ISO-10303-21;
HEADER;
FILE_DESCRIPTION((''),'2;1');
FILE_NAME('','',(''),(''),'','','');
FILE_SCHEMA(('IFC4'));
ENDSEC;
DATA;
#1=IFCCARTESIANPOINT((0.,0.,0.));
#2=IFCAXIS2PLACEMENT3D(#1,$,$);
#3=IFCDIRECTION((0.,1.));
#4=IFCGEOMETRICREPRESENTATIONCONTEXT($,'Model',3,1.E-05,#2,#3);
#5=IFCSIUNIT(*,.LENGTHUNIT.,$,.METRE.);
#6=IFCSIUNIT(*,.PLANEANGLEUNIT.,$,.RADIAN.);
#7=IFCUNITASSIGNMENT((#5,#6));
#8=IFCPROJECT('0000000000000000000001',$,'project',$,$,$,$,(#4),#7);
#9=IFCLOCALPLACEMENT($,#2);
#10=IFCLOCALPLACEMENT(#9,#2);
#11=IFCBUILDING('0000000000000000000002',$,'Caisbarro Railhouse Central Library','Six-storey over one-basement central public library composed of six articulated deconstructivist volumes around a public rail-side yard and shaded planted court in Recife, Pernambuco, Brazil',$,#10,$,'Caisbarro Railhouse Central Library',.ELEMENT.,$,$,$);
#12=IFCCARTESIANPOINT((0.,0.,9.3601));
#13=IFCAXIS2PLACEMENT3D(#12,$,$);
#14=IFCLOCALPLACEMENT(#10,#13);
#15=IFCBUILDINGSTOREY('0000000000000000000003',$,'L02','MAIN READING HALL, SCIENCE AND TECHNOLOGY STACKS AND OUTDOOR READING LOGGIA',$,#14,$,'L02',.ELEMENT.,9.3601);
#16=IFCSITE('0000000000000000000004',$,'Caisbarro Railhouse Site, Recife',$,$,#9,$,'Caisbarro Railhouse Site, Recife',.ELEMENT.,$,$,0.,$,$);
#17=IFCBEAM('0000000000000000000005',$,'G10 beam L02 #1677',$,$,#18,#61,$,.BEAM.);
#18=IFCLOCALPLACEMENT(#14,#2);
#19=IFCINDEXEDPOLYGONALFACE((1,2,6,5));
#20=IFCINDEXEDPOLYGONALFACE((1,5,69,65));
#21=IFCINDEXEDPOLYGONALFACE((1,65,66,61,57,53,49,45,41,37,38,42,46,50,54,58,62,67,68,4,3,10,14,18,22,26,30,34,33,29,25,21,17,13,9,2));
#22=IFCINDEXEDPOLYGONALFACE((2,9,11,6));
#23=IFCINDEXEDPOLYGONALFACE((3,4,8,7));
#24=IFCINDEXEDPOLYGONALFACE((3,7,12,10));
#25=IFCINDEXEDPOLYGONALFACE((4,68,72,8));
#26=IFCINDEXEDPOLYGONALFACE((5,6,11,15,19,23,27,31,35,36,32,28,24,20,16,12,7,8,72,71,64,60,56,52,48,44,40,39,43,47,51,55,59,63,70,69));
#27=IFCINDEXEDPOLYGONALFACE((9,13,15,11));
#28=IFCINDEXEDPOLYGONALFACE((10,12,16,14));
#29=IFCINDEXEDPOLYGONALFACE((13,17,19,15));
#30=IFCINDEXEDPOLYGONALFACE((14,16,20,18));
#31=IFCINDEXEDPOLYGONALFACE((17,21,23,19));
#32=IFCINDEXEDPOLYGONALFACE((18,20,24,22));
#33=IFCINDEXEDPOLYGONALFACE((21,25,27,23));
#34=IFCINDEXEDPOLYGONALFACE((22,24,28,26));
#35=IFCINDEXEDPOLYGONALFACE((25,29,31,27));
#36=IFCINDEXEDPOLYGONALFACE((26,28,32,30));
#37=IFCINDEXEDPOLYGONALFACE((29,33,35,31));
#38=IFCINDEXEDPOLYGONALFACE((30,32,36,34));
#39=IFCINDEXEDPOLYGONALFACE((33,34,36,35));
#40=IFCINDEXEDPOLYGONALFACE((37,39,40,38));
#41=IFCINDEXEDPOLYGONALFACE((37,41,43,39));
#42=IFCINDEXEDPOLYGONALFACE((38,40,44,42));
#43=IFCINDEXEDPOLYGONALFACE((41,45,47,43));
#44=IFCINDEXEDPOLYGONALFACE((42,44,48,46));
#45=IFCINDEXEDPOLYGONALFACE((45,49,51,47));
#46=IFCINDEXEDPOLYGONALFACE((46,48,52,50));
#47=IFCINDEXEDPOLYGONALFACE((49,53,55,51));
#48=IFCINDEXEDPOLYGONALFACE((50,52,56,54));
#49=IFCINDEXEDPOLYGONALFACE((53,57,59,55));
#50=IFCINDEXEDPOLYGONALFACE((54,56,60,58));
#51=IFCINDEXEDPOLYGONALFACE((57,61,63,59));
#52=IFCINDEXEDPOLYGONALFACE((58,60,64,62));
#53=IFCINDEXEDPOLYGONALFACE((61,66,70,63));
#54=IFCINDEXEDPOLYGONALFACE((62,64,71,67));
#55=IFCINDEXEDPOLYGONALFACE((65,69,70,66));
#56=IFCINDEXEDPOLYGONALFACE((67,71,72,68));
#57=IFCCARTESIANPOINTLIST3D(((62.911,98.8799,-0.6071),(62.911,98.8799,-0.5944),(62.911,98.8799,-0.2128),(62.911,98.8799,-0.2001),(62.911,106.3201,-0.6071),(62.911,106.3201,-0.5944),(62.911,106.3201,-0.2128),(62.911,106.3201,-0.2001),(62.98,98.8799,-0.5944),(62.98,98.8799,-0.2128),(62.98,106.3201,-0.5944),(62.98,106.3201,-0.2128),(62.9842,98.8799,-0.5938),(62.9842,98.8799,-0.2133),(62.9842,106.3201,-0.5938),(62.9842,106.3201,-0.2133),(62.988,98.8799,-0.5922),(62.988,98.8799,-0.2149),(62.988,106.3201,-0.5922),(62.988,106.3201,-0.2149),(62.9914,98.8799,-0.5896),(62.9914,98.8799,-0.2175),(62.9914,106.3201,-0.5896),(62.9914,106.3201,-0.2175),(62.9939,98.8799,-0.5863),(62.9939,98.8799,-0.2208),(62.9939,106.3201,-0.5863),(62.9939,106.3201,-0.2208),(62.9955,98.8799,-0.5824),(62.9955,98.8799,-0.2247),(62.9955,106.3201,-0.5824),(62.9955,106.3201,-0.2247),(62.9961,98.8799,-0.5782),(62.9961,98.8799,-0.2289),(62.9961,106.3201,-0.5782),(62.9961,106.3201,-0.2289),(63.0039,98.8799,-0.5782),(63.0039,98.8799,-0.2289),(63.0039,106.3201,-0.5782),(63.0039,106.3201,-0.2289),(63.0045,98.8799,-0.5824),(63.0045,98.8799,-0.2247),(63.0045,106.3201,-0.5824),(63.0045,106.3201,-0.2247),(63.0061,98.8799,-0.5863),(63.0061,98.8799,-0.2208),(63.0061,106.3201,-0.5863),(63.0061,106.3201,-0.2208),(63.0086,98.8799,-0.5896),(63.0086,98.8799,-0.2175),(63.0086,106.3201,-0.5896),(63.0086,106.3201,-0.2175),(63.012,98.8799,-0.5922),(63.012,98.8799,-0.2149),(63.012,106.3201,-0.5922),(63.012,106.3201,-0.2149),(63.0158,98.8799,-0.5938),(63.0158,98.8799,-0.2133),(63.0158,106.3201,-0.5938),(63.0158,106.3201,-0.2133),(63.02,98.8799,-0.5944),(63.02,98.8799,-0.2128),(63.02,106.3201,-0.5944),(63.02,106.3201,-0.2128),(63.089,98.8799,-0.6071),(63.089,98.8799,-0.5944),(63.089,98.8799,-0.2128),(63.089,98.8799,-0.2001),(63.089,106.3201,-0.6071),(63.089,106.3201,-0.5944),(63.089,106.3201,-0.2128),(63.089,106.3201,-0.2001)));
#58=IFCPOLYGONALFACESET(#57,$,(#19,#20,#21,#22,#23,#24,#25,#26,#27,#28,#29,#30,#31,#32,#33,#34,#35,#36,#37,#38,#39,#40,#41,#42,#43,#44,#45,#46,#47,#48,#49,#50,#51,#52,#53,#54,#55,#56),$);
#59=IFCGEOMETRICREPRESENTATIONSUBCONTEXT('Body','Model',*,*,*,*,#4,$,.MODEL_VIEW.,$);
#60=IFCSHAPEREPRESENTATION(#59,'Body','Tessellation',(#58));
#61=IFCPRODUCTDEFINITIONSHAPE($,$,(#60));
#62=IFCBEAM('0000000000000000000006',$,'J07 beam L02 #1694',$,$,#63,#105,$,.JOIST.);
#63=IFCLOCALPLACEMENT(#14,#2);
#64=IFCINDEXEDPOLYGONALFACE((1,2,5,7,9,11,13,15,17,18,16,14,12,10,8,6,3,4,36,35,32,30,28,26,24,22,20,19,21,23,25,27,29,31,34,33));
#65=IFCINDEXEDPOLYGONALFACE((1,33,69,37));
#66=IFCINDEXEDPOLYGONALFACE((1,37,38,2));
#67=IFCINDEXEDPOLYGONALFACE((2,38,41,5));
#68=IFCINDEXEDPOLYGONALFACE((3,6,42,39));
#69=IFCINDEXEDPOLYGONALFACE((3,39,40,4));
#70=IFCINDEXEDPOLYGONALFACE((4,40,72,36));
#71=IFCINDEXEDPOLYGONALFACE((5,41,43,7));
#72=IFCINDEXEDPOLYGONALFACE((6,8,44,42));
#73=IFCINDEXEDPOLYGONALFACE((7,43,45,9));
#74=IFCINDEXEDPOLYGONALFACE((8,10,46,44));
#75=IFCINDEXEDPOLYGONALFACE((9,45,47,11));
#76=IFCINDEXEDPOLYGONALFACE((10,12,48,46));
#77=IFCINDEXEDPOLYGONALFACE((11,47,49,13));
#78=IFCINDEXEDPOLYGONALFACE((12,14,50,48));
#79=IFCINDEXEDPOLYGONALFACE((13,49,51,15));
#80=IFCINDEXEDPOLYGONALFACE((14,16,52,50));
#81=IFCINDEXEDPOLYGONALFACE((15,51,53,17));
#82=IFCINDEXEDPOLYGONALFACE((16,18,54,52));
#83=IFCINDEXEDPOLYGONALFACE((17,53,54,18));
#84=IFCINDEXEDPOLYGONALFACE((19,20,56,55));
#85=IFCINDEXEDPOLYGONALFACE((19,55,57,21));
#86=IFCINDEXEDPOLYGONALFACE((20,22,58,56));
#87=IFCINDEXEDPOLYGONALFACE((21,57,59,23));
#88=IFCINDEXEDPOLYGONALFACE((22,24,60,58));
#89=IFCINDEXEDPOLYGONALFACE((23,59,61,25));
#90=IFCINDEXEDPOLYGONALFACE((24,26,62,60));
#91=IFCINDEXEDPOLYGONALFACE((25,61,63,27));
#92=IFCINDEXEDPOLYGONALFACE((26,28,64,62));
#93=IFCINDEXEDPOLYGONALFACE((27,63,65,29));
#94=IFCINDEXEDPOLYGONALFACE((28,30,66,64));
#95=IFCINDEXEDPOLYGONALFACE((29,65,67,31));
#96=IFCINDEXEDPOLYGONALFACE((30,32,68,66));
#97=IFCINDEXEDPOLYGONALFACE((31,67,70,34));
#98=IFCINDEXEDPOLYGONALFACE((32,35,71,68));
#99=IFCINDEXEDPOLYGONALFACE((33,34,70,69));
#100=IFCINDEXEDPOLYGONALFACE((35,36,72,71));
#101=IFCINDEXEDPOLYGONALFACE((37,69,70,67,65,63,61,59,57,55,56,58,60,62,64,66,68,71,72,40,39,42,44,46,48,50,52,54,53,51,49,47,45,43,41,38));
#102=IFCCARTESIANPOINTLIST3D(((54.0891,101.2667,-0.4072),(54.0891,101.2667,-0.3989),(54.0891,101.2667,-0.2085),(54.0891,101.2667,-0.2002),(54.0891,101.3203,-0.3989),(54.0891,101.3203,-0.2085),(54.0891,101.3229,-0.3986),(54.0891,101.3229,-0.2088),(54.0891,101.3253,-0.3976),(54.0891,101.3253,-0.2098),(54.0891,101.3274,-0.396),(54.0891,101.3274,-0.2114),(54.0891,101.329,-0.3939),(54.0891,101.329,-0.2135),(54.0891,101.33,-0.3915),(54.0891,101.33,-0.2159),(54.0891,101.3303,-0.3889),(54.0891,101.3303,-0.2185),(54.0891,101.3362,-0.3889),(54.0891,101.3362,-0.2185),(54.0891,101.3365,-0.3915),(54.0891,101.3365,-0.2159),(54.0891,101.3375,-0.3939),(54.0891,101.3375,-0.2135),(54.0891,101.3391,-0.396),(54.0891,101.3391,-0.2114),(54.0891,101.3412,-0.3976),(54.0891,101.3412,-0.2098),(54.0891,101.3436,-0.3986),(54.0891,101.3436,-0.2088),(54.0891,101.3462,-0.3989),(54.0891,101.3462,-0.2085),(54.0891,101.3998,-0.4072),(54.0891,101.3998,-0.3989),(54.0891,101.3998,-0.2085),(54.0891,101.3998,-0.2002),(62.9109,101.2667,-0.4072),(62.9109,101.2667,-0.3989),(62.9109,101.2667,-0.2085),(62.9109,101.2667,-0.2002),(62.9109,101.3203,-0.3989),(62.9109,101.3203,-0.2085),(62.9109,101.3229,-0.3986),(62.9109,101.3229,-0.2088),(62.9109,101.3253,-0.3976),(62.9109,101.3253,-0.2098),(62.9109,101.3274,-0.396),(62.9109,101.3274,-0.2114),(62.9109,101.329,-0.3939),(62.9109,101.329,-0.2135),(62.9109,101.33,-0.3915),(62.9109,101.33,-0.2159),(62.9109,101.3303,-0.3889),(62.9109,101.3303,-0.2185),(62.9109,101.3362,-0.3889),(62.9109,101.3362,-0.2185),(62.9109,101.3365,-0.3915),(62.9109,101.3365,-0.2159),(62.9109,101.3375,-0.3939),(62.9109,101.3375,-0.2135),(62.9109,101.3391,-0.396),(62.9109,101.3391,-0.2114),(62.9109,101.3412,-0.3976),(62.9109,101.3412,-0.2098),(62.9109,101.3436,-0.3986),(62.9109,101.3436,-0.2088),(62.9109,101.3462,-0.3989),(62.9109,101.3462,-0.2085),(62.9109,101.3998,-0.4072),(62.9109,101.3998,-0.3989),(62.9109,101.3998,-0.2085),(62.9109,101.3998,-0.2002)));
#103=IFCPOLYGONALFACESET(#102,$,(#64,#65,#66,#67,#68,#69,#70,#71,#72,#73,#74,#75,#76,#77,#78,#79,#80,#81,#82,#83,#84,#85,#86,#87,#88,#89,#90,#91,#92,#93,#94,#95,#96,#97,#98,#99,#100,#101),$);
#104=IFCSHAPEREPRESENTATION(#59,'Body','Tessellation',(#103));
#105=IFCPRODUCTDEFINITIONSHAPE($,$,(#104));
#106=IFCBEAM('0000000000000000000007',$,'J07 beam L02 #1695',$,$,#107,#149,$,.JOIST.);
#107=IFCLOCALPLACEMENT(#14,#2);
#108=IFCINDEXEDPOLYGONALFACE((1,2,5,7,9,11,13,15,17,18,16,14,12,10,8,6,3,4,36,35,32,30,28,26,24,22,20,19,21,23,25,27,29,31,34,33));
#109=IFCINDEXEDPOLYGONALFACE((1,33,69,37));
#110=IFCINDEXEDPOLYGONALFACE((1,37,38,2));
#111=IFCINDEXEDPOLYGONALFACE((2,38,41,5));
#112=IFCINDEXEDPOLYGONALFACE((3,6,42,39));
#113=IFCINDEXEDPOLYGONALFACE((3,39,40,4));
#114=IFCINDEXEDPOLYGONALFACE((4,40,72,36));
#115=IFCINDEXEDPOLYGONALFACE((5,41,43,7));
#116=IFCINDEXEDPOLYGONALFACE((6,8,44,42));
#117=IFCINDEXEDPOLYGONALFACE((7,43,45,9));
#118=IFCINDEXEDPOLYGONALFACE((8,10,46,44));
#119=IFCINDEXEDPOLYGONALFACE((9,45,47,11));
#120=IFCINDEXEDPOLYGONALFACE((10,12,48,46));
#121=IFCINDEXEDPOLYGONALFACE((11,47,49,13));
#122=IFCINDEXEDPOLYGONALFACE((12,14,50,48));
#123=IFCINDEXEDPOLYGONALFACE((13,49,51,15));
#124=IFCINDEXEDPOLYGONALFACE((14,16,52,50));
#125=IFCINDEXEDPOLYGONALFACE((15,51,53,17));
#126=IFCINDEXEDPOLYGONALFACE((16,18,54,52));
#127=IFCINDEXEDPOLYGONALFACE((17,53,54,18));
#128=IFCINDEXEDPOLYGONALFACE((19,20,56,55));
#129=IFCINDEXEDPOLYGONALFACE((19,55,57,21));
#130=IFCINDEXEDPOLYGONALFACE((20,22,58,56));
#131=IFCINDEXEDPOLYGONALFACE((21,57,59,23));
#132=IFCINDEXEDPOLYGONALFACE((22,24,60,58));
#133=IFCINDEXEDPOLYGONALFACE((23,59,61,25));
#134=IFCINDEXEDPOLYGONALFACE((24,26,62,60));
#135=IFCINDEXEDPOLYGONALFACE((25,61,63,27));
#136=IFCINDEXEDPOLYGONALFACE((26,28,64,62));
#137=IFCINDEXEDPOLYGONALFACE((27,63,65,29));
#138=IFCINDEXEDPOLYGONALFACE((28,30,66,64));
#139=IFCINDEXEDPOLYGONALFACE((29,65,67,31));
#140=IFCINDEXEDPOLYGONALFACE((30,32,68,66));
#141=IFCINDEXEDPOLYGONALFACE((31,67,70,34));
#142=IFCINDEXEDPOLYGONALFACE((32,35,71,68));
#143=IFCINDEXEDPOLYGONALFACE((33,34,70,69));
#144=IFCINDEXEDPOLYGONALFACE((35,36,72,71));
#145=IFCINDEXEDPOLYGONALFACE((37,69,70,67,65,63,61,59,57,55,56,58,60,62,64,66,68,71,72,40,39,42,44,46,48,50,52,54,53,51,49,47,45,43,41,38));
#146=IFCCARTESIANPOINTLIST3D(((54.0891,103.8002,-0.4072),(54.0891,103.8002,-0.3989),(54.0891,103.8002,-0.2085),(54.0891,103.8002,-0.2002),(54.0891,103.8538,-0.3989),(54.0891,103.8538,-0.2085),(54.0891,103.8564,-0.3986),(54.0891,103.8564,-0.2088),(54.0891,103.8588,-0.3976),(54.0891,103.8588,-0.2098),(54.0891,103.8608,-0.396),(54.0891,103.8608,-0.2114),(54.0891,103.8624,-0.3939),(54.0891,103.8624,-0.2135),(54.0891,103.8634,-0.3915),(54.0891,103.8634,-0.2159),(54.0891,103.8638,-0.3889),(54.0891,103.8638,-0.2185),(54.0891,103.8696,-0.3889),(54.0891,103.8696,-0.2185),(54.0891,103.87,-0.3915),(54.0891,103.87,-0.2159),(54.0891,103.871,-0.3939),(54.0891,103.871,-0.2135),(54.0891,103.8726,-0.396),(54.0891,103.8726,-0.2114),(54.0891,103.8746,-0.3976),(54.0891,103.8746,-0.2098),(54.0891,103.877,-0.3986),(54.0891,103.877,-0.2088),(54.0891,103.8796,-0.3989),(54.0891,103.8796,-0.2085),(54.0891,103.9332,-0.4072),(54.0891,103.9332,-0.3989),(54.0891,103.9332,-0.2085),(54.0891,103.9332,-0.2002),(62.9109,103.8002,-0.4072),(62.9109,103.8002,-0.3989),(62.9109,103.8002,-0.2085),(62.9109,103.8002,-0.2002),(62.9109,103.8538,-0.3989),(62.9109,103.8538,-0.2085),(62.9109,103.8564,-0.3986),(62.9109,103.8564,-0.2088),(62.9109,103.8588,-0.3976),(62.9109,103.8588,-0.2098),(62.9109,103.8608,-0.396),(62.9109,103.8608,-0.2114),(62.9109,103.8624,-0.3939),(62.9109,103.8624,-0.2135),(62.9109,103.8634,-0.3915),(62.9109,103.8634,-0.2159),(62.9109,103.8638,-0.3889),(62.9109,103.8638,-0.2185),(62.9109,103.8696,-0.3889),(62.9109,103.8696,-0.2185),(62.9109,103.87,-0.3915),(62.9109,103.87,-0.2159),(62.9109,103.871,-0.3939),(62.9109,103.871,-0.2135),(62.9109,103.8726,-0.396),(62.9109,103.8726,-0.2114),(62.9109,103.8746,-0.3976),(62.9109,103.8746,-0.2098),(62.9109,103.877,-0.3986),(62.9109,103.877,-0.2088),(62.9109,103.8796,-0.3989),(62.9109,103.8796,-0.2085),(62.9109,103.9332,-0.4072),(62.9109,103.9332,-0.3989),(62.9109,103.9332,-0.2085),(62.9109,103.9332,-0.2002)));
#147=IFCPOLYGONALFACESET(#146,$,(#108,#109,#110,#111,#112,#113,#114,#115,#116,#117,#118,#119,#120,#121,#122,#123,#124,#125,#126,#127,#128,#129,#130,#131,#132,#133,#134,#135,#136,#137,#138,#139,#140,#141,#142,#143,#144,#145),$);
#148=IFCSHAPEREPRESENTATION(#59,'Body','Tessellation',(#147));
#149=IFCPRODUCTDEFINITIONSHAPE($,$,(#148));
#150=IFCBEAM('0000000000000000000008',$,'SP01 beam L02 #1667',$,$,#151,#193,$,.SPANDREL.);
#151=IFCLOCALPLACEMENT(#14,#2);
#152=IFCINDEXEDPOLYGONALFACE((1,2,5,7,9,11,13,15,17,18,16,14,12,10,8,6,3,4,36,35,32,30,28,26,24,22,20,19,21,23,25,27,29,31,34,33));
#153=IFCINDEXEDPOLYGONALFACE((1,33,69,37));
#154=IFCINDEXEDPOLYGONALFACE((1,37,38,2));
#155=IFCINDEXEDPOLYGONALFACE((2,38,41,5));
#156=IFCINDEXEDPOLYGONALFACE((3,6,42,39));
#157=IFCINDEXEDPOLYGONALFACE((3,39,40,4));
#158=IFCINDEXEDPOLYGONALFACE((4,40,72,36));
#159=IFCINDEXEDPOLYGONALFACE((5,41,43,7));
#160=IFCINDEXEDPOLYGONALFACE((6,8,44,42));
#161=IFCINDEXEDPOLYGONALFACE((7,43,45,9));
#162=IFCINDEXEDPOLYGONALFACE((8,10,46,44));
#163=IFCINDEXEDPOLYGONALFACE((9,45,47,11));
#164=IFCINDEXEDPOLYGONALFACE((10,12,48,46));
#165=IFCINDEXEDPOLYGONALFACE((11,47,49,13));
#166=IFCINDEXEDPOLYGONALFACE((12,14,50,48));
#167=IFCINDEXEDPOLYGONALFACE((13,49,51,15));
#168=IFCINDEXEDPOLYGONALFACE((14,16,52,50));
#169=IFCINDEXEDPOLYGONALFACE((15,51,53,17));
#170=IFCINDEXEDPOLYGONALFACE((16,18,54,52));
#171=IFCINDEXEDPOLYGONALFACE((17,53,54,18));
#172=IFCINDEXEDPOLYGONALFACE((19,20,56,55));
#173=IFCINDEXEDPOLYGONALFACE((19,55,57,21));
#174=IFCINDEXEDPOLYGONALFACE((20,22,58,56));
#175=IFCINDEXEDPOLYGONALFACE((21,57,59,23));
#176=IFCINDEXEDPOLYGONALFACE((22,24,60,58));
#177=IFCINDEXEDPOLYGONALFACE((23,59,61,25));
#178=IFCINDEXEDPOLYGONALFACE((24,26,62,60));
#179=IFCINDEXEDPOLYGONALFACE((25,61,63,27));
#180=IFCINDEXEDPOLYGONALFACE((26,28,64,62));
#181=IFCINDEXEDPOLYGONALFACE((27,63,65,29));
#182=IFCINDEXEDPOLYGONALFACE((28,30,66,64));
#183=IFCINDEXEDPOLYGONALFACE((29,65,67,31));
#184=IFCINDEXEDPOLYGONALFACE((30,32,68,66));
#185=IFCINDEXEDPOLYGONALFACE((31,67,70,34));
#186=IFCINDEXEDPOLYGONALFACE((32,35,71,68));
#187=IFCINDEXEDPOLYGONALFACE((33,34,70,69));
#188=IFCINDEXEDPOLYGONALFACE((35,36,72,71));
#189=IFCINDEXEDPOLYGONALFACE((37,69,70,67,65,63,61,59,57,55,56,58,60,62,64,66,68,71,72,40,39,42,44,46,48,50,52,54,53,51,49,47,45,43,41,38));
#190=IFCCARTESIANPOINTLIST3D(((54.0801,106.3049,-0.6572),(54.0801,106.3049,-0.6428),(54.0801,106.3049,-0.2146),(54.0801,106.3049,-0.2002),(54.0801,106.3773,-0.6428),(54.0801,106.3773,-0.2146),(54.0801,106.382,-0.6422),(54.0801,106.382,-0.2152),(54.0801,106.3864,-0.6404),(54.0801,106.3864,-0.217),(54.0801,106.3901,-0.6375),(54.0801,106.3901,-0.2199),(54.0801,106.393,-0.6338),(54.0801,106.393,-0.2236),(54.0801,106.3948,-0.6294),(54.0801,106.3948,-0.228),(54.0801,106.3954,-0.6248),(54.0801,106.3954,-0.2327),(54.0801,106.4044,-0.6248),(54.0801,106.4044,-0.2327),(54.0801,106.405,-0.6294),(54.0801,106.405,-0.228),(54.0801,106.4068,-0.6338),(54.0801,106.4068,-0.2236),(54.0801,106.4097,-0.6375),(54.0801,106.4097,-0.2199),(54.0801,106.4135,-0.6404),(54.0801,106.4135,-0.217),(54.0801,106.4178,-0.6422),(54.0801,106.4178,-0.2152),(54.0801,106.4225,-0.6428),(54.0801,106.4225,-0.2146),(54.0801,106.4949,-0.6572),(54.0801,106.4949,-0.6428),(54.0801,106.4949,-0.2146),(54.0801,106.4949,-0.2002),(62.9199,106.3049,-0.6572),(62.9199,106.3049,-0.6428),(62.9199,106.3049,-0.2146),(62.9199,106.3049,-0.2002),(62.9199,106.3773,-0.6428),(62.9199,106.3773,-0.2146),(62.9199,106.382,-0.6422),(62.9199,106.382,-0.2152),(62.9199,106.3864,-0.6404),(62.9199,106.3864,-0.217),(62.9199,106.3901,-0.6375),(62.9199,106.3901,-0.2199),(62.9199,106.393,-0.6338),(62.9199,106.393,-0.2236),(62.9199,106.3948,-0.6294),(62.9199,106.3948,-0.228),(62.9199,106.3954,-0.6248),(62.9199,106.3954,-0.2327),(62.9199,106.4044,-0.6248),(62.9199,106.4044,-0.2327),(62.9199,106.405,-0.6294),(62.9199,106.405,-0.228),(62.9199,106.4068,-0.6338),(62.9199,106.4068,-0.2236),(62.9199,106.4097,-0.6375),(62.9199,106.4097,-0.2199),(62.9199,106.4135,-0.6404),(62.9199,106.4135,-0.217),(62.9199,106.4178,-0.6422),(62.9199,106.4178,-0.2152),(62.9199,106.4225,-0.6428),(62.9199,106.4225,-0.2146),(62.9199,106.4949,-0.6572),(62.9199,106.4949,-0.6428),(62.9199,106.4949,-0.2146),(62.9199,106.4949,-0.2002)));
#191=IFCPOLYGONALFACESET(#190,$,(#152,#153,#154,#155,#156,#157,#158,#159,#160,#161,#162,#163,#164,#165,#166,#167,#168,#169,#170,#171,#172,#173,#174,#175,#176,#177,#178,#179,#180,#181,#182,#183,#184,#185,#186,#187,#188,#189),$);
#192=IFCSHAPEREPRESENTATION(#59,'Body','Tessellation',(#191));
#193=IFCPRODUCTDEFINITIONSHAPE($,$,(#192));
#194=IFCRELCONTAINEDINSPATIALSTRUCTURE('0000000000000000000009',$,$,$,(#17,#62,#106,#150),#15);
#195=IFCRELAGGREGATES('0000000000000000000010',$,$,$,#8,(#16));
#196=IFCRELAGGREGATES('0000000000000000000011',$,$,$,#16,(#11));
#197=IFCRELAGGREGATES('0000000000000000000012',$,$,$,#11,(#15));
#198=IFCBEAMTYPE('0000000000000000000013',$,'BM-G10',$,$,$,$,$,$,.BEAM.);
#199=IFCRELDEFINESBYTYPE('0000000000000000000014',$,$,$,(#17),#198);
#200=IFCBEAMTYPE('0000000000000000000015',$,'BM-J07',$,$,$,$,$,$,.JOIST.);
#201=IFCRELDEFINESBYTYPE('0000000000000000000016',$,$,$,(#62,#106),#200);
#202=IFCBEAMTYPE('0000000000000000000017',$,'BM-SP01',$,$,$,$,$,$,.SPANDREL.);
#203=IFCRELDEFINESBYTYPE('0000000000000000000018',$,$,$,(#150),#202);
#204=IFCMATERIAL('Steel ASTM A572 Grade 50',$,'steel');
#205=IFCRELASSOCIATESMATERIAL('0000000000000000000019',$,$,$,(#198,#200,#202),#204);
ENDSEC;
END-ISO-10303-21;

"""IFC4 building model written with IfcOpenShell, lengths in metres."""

from ifc_helpers import new_model, si_unit, direction, frame, origin, origin_2d, place, context, subcontext, project, spatial, i_section, extrude, material, material_profile, profile_set, type_object, element, save


model = new_model("IFC4")

# Units and contexts
model_context = context("Model", 3, precision=1e-05, world=origin(), true_north=direction((0.0, 1.0)))
body_context = subcontext(model_context, "Body", "Model", "MODEL_VIEW")
ifc_project = project(units=[si_unit("LENGTHUNIT", "METRE"), si_unit("PLANEANGLEUNIT", "RADIAN")], contexts=[model_context])

# Site, building, storey
site_placement = place(None, origin())
site = spatial("IfcSite", under=ifc_project, at=site_placement, Name="Caisbarro Railhouse Site, Recife", LongName="Caisbarro Railhouse Site, Recife", CompositionType="ELEMENT", RefElevation=0.0)
building_placement = place(site_placement, origin())
building = spatial("IfcBuilding", under=site, at=building_placement, Name="Caisbarro Railhouse Central Library", Description="Six-storey over one-basement central public library composed of six articulated deconstructivist volumes around a public rail-side yard and shaded planted court in Recife, Pernambuco, Brazil", LongName="Caisbarro Railhouse Central Library", CompositionType="ELEMENT")
storey_placement = place(building_placement, frame((0.0, 0.0, 9.3601)))
storey = spatial("IfcBuildingStorey", under=building, at=storey_placement, Name="L02", Description="MAIN READING HALL, SCIENCE AND TECHNOLOGY STACKS AND OUTDOOR READING LOGGIA", LongName="L02", CompositionType="ELEMENT", Elevation=9.3601)

# Shared definitions
ifc_material_1 = material(Name="Steel ASTM A572 Grade 50", Category="steel")

# Beams
ifc_material_profile_1 = material_profile(ifc_material_1, i_section(OverallWidth=0.178, OverallDepth=0.407, WebThickness=0.0078, FlangeThickness=0.0127, FilletRadius=0.0161, at=origin_2d()), Name="W410X60.0")
ifc_profile_set_1 = profile_set([ifc_material_profile_1], Name="Steel ASTM A572 Grade 50")
beam_type_1 = type_object("IfcBeamType", Name="BM-G10", PredefinedType="BEAM", material=ifc_profile_set_1)
for number, where, z_axis, x_axis, name in (
    (1, (63.0, 98.8799, -0.4036), (0.0, 1.0, 0.0), (-1.0, 0.0, 0.0), "G10 beam L02 #1677"),
):
    element("IfcBeam", number, at=place(storey_placement, frame(where, z_axis=z_axis, x_axis=x_axis)), inside=storey, type_object=beam_type_1, Name=name, PredefinedType="BEAM", context=body_context, shape_type="SweptSolid", body=[
        extrude(i_section(OverallWidth=0.178, OverallDepth=0.407, WebThickness=0.0078, FlangeThickness=0.0127, FilletRadius=0.0161, at=origin_2d()), origin(), (0.0, 0.0, 1.0), 7.4402),
    ])
ifc_material_profile_2 = material_profile(ifc_material_1, i_section(OverallWidth=0.1331, OverallDepth=0.207, WebThickness=0.0059, FlangeThickness=0.0083, FilletRadius=0.01, at=origin_2d()), Name="W200X26.6")
ifc_profile_set_2 = profile_set([ifc_material_profile_2], Name="Steel ASTM A572 Grade 50")
beam_type_2 = type_object("IfcBeamType", Name="BM-J07", PredefinedType="JOIST", material=ifc_profile_set_2)
for number, where, z_axis, x_axis, name in (
    (2, (54.0891, 101.3333, -0.3037), (1.0, 0.0, 0.0), (0.0, 1.0, 0.0), "J07 beam L02 #1694"),
    (3, (54.0891, 103.8667, -0.3037), (1.0, 0.0, 0.0), (0.0, 1.0, 0.0), "J07 beam L02 #1695"),
):
    element("IfcBeam", number, at=place(storey_placement, frame(where, z_axis=z_axis, x_axis=x_axis)), inside=storey, type_object=beam_type_2, Name=name, PredefinedType="JOIST", context=body_context, shape_type="SweptSolid", body=[
        extrude(i_section(OverallWidth=0.1331, OverallDepth=0.207, WebThickness=0.0059, FlangeThickness=0.0083, FilletRadius=0.01, at=origin_2d()), origin(), (0.0, 0.0, 1.0), 8.8218),
    ])
ifc_material_profile_3 = material_profile(ifc_material_1, i_section(OverallWidth=0.1899, OverallDepth=0.457, WebThickness=0.009, FlangeThickness=0.0144, FilletRadius=0.0181, at=origin_2d()), Name="W460X74.0")
ifc_profile_set_3 = profile_set([ifc_material_profile_3], Name="Steel ASTM A572 Grade 50")
beam_type_3 = type_object("IfcBeamType", Name="BM-SP01", PredefinedType="SPANDREL", material=ifc_profile_set_3)
beam_1_placement = place(storey_placement, frame((54.0801, 106.3999, -0.4287), z_axis=(1.0, 0.0, 0.0), x_axis=(0.0, 1.0, 0.0)))
element("IfcBeam", 4, at=beam_1_placement, inside=storey, type_object=beam_type_3, Name="SP01 beam L02 #1667", PredefinedType="SPANDREL", context=body_context, shape_type="SweptSolid", body=[
    extrude(i_section(OverallWidth=0.1899, OverallDepth=0.457, WebThickness=0.009, FlangeThickness=0.0144, FilletRadius=0.0181, at=origin_2d()), origin(), (0.0, 0.0, 1.0), 8.8398),
])

save(model, "model.ifc")
